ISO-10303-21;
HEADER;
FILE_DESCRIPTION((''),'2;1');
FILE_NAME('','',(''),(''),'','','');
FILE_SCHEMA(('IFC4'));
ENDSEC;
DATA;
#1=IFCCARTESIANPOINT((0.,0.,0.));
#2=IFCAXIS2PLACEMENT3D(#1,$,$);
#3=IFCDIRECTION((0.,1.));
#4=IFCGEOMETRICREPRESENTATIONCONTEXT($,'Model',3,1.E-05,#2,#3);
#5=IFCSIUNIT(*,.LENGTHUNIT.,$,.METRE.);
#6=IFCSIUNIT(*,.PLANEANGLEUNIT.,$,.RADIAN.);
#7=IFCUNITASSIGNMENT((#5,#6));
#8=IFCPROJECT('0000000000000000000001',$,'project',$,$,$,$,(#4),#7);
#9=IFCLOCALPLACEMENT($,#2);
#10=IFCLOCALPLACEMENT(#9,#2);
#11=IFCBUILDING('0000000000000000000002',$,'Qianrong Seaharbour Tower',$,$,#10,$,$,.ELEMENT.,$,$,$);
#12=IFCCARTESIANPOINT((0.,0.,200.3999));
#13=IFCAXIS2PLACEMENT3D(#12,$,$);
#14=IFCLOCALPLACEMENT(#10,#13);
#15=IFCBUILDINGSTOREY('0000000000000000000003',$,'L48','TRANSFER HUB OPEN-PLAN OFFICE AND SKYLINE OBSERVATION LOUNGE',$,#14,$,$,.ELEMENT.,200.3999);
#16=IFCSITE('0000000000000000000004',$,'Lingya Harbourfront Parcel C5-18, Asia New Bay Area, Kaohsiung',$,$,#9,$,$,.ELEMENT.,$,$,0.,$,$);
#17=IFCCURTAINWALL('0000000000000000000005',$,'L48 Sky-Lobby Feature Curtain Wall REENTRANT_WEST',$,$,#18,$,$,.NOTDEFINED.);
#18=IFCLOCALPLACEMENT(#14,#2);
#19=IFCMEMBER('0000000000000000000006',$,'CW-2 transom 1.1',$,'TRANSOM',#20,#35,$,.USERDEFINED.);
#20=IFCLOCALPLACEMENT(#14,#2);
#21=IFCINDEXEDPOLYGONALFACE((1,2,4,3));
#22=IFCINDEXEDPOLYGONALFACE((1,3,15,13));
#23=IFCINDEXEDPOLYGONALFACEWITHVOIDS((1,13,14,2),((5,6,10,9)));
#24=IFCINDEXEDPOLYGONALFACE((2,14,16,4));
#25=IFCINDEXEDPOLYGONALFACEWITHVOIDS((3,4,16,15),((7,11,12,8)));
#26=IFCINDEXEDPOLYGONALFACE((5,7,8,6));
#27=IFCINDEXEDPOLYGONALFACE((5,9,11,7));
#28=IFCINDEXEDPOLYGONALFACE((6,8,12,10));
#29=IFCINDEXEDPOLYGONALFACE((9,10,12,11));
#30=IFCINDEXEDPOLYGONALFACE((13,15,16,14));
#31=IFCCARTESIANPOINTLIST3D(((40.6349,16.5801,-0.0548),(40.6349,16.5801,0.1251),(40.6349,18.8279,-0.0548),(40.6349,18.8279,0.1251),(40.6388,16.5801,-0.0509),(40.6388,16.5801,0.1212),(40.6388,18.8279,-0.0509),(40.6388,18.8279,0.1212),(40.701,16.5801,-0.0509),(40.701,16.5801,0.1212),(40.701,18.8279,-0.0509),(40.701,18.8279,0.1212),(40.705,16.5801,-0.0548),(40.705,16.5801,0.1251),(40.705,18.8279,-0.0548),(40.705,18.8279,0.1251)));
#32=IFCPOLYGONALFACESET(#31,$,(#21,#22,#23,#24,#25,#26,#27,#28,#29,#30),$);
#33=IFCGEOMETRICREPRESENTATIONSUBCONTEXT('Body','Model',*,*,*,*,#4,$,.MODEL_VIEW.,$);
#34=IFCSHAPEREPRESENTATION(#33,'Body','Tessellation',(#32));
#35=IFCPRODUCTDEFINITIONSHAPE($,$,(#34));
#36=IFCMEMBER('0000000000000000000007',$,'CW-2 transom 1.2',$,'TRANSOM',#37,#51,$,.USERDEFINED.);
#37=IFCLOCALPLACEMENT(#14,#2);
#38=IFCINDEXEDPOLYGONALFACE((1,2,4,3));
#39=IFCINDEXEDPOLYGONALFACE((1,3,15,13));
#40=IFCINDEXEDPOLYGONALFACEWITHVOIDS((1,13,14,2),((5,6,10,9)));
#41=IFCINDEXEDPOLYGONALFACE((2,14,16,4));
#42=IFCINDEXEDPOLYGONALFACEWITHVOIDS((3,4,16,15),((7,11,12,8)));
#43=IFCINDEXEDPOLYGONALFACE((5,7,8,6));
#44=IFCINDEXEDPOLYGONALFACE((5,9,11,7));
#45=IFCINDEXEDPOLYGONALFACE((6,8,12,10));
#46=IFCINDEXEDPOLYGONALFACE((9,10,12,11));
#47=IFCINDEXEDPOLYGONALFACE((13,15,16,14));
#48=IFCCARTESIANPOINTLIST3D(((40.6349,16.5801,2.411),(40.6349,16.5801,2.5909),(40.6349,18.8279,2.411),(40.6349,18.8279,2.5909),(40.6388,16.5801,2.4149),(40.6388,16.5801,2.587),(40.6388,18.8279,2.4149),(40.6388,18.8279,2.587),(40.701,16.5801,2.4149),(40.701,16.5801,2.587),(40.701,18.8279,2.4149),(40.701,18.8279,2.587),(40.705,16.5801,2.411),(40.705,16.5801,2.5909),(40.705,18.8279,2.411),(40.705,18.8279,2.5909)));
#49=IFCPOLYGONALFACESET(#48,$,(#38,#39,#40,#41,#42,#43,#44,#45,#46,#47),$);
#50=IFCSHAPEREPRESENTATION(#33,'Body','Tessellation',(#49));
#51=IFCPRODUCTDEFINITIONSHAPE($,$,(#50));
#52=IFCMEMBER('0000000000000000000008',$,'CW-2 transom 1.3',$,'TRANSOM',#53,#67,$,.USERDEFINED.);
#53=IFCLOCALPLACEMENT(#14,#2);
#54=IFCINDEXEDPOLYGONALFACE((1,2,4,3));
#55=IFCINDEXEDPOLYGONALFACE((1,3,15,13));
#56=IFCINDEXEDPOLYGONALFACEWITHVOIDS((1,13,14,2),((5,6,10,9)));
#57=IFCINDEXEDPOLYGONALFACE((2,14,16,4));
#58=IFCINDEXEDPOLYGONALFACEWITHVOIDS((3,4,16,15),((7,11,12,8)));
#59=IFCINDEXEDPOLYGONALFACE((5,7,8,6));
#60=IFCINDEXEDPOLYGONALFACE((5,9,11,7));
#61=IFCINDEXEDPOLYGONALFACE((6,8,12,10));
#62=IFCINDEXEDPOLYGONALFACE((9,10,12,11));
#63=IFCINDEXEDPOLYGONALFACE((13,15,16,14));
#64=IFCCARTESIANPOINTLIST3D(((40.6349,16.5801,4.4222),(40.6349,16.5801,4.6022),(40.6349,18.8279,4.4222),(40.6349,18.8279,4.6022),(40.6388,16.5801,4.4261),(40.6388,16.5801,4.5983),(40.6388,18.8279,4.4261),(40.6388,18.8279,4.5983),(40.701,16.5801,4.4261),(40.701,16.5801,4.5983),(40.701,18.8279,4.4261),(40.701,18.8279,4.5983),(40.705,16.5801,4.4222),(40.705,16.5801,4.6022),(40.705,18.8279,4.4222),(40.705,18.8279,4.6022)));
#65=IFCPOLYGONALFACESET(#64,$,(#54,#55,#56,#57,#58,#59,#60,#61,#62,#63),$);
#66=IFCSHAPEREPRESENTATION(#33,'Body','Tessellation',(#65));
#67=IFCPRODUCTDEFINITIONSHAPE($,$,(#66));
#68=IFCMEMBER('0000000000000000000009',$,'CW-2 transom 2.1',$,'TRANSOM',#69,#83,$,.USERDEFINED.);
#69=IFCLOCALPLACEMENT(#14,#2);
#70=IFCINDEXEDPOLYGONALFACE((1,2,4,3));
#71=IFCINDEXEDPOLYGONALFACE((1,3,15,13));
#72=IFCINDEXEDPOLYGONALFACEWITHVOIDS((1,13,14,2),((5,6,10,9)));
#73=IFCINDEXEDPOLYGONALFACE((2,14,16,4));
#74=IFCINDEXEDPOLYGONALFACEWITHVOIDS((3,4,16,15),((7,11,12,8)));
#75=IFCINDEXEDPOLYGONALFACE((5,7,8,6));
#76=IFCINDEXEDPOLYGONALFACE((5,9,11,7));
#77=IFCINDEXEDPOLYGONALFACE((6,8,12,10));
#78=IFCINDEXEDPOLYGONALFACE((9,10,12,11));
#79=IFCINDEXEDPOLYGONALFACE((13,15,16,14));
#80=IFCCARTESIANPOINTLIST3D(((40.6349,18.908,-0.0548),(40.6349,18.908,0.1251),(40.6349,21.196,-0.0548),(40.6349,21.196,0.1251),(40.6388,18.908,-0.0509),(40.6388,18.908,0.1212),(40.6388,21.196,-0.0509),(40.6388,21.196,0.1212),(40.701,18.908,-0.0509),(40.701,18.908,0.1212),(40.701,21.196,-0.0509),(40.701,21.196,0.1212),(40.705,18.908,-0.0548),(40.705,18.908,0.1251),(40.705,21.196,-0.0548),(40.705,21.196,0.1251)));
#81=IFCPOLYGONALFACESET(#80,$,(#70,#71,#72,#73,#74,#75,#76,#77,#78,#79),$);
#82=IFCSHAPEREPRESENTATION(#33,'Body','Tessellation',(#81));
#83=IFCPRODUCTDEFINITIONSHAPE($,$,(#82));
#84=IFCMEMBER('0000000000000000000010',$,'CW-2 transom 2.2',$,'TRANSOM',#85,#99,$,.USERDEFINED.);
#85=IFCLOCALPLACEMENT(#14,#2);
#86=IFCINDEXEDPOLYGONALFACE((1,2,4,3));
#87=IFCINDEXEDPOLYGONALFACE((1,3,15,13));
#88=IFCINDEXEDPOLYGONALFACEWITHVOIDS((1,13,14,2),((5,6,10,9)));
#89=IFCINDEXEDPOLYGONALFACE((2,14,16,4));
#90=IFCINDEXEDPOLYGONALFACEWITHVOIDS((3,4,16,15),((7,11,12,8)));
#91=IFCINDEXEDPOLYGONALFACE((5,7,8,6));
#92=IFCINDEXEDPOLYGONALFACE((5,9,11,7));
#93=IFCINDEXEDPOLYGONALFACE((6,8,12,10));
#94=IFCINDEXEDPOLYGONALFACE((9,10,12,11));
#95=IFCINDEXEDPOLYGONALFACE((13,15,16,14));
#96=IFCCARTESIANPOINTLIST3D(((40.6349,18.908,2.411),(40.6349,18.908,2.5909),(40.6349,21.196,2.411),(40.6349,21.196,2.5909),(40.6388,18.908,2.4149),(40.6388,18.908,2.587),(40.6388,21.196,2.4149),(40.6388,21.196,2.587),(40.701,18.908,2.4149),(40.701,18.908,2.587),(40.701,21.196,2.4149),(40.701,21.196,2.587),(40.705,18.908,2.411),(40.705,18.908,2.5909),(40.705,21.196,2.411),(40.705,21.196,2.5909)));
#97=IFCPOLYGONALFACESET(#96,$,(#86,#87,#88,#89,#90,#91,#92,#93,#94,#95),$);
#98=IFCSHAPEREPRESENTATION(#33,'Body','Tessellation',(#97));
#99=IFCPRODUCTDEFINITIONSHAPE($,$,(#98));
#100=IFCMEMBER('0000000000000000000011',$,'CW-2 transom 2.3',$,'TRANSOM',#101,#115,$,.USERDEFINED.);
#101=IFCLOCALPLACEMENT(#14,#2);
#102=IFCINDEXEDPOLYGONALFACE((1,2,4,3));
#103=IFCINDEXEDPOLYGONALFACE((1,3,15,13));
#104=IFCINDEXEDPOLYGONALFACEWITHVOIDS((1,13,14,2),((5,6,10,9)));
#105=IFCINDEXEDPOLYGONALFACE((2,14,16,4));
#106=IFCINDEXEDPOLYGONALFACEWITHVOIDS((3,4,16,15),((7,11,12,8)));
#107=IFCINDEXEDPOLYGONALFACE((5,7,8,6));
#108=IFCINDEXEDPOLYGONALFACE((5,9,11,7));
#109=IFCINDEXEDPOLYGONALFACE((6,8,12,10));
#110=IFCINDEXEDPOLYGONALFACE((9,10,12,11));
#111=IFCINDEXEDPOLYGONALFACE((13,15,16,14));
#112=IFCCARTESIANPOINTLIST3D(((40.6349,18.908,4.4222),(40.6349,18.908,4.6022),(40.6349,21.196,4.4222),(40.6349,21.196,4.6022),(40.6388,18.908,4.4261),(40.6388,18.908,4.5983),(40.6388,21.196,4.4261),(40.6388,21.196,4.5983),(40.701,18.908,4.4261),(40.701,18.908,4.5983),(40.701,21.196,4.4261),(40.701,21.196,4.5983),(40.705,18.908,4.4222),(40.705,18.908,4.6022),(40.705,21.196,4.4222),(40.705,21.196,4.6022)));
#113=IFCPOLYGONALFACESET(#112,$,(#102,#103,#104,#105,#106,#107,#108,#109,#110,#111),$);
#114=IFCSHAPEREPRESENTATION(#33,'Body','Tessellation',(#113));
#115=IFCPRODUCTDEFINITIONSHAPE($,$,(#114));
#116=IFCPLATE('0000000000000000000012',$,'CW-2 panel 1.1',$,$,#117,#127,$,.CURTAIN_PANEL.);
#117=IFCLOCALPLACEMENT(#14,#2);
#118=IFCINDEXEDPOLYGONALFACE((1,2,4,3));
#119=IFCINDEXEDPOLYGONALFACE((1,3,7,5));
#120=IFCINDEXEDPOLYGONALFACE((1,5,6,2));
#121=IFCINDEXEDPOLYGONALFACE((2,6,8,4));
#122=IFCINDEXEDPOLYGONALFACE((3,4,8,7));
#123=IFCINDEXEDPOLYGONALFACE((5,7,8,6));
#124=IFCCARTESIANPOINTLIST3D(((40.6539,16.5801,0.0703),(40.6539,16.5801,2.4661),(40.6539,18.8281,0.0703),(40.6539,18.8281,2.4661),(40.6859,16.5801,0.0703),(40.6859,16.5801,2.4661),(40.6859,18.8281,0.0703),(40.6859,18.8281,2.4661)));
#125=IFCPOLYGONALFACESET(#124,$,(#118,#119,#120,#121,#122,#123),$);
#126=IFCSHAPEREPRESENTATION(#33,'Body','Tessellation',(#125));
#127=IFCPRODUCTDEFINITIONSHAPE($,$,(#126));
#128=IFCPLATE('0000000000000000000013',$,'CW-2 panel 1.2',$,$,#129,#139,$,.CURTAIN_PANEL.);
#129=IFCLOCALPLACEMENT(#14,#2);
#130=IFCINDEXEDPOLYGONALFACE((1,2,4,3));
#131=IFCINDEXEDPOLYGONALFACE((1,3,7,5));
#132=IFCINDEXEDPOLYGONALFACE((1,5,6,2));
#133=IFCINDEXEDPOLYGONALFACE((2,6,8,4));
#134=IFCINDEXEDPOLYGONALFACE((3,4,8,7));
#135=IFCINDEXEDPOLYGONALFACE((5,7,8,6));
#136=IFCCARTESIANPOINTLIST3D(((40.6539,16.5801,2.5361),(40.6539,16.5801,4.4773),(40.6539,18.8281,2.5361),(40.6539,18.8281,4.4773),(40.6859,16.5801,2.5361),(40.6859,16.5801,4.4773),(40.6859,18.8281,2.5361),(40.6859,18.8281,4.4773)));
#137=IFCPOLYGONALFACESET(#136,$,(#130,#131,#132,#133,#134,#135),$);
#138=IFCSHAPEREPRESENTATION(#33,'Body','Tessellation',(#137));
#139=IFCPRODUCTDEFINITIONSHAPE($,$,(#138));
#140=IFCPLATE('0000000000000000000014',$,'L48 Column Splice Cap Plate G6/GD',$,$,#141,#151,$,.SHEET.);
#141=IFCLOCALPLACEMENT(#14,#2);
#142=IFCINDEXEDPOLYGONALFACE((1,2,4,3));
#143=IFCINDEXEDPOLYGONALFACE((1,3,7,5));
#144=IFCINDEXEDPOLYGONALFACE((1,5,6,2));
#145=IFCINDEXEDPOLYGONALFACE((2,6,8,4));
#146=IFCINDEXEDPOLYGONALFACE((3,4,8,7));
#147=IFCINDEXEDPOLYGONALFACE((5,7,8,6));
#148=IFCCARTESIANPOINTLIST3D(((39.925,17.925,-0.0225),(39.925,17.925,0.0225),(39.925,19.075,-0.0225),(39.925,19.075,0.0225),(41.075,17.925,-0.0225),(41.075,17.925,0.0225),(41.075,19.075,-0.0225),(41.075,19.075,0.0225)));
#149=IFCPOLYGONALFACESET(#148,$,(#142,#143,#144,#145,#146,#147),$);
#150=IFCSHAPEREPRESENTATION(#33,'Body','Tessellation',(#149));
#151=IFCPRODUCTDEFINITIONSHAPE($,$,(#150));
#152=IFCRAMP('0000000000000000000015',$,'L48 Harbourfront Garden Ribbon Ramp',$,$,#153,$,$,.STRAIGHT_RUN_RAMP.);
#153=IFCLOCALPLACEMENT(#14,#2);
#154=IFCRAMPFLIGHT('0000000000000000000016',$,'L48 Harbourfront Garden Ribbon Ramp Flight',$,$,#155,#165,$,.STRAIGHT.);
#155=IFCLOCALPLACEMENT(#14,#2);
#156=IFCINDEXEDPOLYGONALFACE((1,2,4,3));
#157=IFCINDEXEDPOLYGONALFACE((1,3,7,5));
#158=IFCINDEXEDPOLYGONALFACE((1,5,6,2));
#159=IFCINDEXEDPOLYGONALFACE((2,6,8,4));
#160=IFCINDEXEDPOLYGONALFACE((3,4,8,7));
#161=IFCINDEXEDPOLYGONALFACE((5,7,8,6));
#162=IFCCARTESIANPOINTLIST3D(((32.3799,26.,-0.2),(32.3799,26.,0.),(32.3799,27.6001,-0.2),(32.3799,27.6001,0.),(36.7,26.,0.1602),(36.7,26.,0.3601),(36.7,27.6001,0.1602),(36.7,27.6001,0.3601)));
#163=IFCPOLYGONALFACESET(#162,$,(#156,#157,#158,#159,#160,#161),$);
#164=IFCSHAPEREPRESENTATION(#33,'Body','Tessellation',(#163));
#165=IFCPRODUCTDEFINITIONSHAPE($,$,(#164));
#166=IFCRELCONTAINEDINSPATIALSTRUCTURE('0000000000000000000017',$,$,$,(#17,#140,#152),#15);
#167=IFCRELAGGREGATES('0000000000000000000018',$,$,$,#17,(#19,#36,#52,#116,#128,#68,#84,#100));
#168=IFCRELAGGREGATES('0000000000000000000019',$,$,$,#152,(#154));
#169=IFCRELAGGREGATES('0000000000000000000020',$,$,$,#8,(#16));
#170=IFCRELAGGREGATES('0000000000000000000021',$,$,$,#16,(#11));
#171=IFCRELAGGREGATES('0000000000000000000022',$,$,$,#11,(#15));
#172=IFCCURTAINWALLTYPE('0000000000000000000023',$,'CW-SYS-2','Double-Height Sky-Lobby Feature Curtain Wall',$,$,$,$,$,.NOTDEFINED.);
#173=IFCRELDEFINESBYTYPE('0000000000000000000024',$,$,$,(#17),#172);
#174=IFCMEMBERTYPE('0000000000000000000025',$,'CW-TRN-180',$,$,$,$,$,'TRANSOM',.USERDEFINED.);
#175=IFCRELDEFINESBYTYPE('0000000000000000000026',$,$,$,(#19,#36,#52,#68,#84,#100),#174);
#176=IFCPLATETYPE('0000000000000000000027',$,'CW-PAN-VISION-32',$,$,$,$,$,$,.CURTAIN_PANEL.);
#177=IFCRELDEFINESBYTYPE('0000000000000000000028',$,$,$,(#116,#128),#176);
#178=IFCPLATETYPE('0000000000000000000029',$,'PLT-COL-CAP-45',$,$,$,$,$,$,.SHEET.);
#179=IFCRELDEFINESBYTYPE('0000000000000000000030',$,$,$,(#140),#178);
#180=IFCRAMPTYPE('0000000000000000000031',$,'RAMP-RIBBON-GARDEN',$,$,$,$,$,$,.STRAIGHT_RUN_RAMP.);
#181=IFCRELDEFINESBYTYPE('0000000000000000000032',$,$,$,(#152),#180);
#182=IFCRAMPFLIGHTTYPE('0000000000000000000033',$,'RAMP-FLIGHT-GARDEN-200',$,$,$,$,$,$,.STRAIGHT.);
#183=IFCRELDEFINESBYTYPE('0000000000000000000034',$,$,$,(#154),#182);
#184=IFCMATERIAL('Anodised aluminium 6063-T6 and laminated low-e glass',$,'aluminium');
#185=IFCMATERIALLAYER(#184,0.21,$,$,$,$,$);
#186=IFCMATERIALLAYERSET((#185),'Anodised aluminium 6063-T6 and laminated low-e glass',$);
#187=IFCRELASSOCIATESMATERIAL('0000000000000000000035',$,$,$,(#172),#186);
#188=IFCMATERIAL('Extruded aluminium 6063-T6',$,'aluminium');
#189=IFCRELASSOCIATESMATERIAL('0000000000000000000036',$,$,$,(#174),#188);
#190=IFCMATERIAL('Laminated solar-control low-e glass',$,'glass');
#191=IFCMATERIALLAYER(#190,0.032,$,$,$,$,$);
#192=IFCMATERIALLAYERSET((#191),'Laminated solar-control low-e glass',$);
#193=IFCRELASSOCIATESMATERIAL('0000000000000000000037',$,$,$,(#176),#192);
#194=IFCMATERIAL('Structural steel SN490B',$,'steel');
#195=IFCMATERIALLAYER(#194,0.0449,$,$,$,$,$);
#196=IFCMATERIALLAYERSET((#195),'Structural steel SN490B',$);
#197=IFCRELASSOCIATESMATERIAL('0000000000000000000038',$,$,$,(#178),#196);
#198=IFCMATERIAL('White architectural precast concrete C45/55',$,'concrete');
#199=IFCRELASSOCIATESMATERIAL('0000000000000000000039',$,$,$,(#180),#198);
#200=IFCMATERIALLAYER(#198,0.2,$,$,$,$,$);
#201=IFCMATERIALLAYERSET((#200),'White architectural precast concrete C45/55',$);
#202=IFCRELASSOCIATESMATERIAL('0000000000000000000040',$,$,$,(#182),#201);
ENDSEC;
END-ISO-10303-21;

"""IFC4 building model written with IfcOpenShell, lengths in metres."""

from ifc_helpers import new_model, si_unit, direction, frame, origin, origin_2d, place, context, subcontext, project, spatial, polyline, rectangle, hollow_rectangle, outline, extrude, material, layer, layer_set, material_profile, profile_set, type_object, element, aggregate, save


model = new_model("IFC4")

# Units and contexts
model_context = context("Model", 3, precision=1e-05, world=origin(), true_north=direction((0.0, 1.0)))
body_context = subcontext(model_context, "Body", "Model", "MODEL_VIEW")
ifc_project = project(units=[si_unit("LENGTHUNIT", "METRE"), si_unit("PLANEANGLEUNIT", "RADIAN")], contexts=[model_context])

# Site, building, storey
site_placement = place(None, origin())
site = spatial("IfcSite", under=ifc_project, at=site_placement, Name="Lingya Harbourfront Parcel C5-18, Asia New Bay Area, Kaohsiung", CompositionType="ELEMENT", RefElevation=0.0)
building_placement = place(site_placement, origin())
building = spatial("IfcBuilding", under=site, at=building_placement, Name="Qianrong Seaharbour Tower", CompositionType="ELEMENT")
storey_placement = place(building_placement, frame((0.0, 0.0, 200.3999)))
storey = spatial("IfcBuildingStorey", under=building, at=storey_placement, Name="L48", Description="TRANSFER HUB OPEN-PLAN OFFICE AND SKYLINE OBSERVATION LOUNGE", CompositionType="ELEMENT", Elevation=200.3999)

# Shared definitions
ifc_material_1 = material(Name="Structural steel SN490B", Category="steel")

# Curtain wall, members, plates
ifc_material_2 = material(Name="Anodised aluminium 6063-T6 and laminated low-e glass", Category="aluminium")
ifc_layer_1 = layer(ifc_material_2, 0.21)
ifc_layer_set_1 = layer_set([ifc_layer_1], Name="Anodised aluminium 6063-T6 and laminated low-e glass")
curtain_wall_type = type_object("IfcCurtainWallType", Name="CW-SYS-2", Description="Double-Height Sky-Lobby Feature Curtain Wall", PredefinedType="NOTDEFINED", material=ifc_layer_set_1)
curtain_wall_placement = place(storey_placement, origin())
curtain_wall = element("IfcCurtainWall", 1, at=curtain_wall_placement, inside=storey, type_object=curtain_wall_type, Name="L48 Sky-Lobby Feature Curtain Wall REENTRANT_WEST", PredefinedType="NOTDEFINED")
ifc_material_3 = material(Name="Extruded aluminium 6063-T6", Category="aluminium")
ifc_material_profile_1 = material_profile(ifc_material_3, hollow_rectangle(XDim=0.0701, YDim=0.1799, WallThickness=0.0039, at=origin_2d()), Name="ALU-TRN-180x70x4")
ifc_profile_set_1 = profile_set([ifc_material_profile_1], Name="Extruded aluminium 6063-T6")
member_type_1 = type_object("IfcMemberType", Name="CW-TRN-180", ElementType="TRANSOM", PredefinedType="USERDEFINED", material=ifc_profile_set_1)
member_1_placement = place(storey_placement, frame((40.6699, 16.5801, 0.0352), z_axis=(0.0, 1.0, 0.0), x_axis=(-1.0, 0.0, 0.0)))
member_1 = element("IfcMember", 2, at=member_1_placement, type_object=member_type_1, Name="CW-2 transom 1.1", ObjectType="TRANSOM", PredefinedType="USERDEFINED", context=body_context, shape_type="SweptSolid", body=[
    extrude(hollow_rectangle(XDim=0.0701, YDim=0.1799, WallThickness=0.0039, at=origin_2d()), origin(), (0.0, 0.0, 1.0), 2.2478),
])
member_2_placement = place(storey_placement, frame((40.6699, 16.5801, 2.501), z_axis=(0.0, 1.0, 0.0), x_axis=(-1.0, 0.0, 0.0)))
member_2 = element("IfcMember", 3, at=member_2_placement, type_object=member_type_1, Name="CW-2 transom 1.2", ObjectType="TRANSOM", PredefinedType="USERDEFINED", context=body_context, shape_type="SweptSolid", body=[
    extrude(hollow_rectangle(XDim=0.0701, YDim=0.1799, WallThickness=0.0039, at=origin_2d()), origin(), (0.0, 0.0, 1.0), 2.2478),
])
member_3_placement = place(storey_placement, frame((40.6699, 16.5801, 4.5122), z_axis=(0.0, 1.0, 0.0), x_axis=(-1.0, 0.0, 0.0)))
member_3 = element("IfcMember", 4, at=member_3_placement, type_object=member_type_1, Name="CW-2 transom 1.3", ObjectType="TRANSOM", PredefinedType="USERDEFINED", context=body_context, shape_type="SweptSolid", body=[
    extrude(hollow_rectangle(XDim=0.0701, YDim=0.1799, WallThickness=0.0039, at=origin_2d()), origin(), (0.0, 0.0, 1.0), 2.2478),
])
member_4_placement = place(storey_placement, frame((40.6699, 18.908, 0.0352), z_axis=(0.0, 1.0, 0.0), x_axis=(-1.0, 0.0, 0.0)))
member_4 = element("IfcMember", 5, at=member_4_placement, type_object=member_type_1, Name="CW-2 transom 2.1", ObjectType="TRANSOM", PredefinedType="USERDEFINED", context=body_context, shape_type="SweptSolid", body=[
    extrude(hollow_rectangle(XDim=0.0701, YDim=0.1799, WallThickness=0.0039, at=origin_2d()), origin(), (0.0, 0.0, 1.0), 2.2881),
])
member_5_placement = place(storey_placement, frame((40.6699, 18.908, 2.501), z_axis=(0.0, 1.0, 0.0), x_axis=(-1.0, 0.0, 0.0)))
member_5 = element("IfcMember", 6, at=member_5_placement, type_object=member_type_1, Name="CW-2 transom 2.2", ObjectType="TRANSOM", PredefinedType="USERDEFINED", context=body_context, shape_type="SweptSolid", body=[
    extrude(hollow_rectangle(XDim=0.0701, YDim=0.1799, WallThickness=0.0039, at=origin_2d()), origin(), (0.0, 0.0, 1.0), 2.2881),
])
member_6_placement = place(storey_placement, frame((40.6699, 18.908, 4.5122), z_axis=(0.0, 1.0, 0.0), x_axis=(-1.0, 0.0, 0.0)))
member_6 = element("IfcMember", 7, at=member_6_placement, type_object=member_type_1, Name="CW-2 transom 2.3", ObjectType="TRANSOM", PredefinedType="USERDEFINED", context=body_context, shape_type="SweptSolid", body=[
    extrude(hollow_rectangle(XDim=0.0701, YDim=0.1799, WallThickness=0.0039, at=origin_2d()), origin(), (0.0, 0.0, 1.0), 2.2881),
])
ifc_material_4 = material(Name="Laminated solar-control low-e glass", Category="glass")
ifc_layer_2 = layer(ifc_material_4, 0.032)
ifc_layer_set_2 = layer_set([ifc_layer_2], Name="Laminated solar-control low-e glass")
plate_type_1 = type_object("IfcPlateType", Name="CW-PAN-VISION-32", PredefinedType="CURTAIN_PANEL", material=ifc_layer_set_2)
plate_1_placement = place(storey_placement, frame((40.6699, 17.7041, 0.0703), z_axis=(0.0, 0.0, 1.0), x_axis=(0.0, 1.0, 0.0)))
plate_1 = element("IfcPlate", 8, at=plate_1_placement, type_object=plate_type_1, Name="CW-2 panel 1.1", PredefinedType="CURTAIN_PANEL", context=body_context, shape_type="SweptSolid", body=[
    extrude(rectangle(XDim=2.248, YDim=0.032, at=origin_2d()), origin(), (0.0, 0.0, 1.0), 2.3958),
])
plate_2_placement = place(storey_placement, frame((40.6699, 17.7041, 2.5361), z_axis=(0.0, 0.0, 1.0), x_axis=(0.0, 1.0, 0.0)))
plate_2 = element("IfcPlate", 9, at=plate_2_placement, type_object=plate_type_1, Name="CW-2 panel 1.2", PredefinedType="CURTAIN_PANEL", context=body_context, shape_type="SweptSolid", body=[
    extrude(rectangle(XDim=2.248, YDim=0.032, at=origin_2d()), origin(), (0.0, 0.0, 1.0), 1.9412),
])
aggregate(curtain_wall, [member_1, member_2, member_3, plate_1, plate_2, member_4, member_5, member_6])

# Plate
ifc_layer_3 = layer(ifc_material_1, 0.0449)
ifc_layer_set_3 = layer_set([ifc_layer_3], Name="Structural steel SN490B")
plate_type_2 = type_object("IfcPlateType", Name="PLT-COL-CAP-45", PredefinedType="SHEET", material=ifc_layer_set_3)
plate_3_placement = place(storey_placement, frame((40.5, 18.5, -0.0225), z_axis=(0.0, 0.0, 1.0), x_axis=(1.0, 0.0, 0.0)))
element("IfcPlate", 10, at=plate_3_placement, inside=storey, type_object=plate_type_2, Name="L48 Column Splice Cap Plate G6/GD", PredefinedType="SHEET", context=body_context, shape_type="SweptSolid", body=[
    extrude(rectangle(XDim=1.1499, YDim=1.1499, at=origin_2d()), origin(), (0.0, 0.0, 1.0), 0.0449),
])

# Ramp, ramp flight
ifc_material_5 = material(Name="White architectural precast concrete C45/55", Category="concrete")
ramp_type = type_object("IfcRampType", Name="RAMP-RIBBON-GARDEN", PredefinedType="STRAIGHT_RUN_RAMP", material=ifc_material_5)
ramp_placement = place(storey_placement, origin())
ramp = element("IfcRamp", 11, at=ramp_placement, inside=storey, type_object=ramp_type, Name="L48 Harbourfront Garden Ribbon Ramp", PredefinedType="STRAIGHT_RUN_RAMP")
ifc_layer_4 = layer(ifc_material_5, 0.2)
ifc_layer_set_4 = layer_set([ifc_layer_4], Name="White architectural precast concrete C45/55")
ramp_flight_type = type_object("IfcRampFlightType", Name="RAMP-FLIGHT-GARDEN-200", PredefinedType="STRAIGHT", material=ifc_layer_set_4)
ramp_flight_placement = place(storey_placement, frame((32.3799, 26.8, 0.0), z_axis=(0.0, 0.0, 1.0), x_axis=(1.0, 0.0, 0.0)))
ramp_flight = element("IfcRampFlight", 12, at=ramp_flight_placement, type_object=ramp_flight_type, Name="L48 Harbourfront Garden Ribbon Ramp Flight", PredefinedType="STRAIGHT", context=body_context, shape_type="SweptSolid", body=[
    extrude(outline(polyline([(0.0, 0.0), (4.3201, 0.3601), (4.3201, 0.1602), (0.0, -0.2), (0.0, 0.0)])), frame((0.0, 0.8, 0.0), z_axis=(0.0, -1.0, 0.0), x_axis=(1.0, 0.0, 0.0)), (0.0, 0.0, 1.0), 1.6001),
])
aggregate(ramp, [ramp_flight])

save(model, "model.ifc")
